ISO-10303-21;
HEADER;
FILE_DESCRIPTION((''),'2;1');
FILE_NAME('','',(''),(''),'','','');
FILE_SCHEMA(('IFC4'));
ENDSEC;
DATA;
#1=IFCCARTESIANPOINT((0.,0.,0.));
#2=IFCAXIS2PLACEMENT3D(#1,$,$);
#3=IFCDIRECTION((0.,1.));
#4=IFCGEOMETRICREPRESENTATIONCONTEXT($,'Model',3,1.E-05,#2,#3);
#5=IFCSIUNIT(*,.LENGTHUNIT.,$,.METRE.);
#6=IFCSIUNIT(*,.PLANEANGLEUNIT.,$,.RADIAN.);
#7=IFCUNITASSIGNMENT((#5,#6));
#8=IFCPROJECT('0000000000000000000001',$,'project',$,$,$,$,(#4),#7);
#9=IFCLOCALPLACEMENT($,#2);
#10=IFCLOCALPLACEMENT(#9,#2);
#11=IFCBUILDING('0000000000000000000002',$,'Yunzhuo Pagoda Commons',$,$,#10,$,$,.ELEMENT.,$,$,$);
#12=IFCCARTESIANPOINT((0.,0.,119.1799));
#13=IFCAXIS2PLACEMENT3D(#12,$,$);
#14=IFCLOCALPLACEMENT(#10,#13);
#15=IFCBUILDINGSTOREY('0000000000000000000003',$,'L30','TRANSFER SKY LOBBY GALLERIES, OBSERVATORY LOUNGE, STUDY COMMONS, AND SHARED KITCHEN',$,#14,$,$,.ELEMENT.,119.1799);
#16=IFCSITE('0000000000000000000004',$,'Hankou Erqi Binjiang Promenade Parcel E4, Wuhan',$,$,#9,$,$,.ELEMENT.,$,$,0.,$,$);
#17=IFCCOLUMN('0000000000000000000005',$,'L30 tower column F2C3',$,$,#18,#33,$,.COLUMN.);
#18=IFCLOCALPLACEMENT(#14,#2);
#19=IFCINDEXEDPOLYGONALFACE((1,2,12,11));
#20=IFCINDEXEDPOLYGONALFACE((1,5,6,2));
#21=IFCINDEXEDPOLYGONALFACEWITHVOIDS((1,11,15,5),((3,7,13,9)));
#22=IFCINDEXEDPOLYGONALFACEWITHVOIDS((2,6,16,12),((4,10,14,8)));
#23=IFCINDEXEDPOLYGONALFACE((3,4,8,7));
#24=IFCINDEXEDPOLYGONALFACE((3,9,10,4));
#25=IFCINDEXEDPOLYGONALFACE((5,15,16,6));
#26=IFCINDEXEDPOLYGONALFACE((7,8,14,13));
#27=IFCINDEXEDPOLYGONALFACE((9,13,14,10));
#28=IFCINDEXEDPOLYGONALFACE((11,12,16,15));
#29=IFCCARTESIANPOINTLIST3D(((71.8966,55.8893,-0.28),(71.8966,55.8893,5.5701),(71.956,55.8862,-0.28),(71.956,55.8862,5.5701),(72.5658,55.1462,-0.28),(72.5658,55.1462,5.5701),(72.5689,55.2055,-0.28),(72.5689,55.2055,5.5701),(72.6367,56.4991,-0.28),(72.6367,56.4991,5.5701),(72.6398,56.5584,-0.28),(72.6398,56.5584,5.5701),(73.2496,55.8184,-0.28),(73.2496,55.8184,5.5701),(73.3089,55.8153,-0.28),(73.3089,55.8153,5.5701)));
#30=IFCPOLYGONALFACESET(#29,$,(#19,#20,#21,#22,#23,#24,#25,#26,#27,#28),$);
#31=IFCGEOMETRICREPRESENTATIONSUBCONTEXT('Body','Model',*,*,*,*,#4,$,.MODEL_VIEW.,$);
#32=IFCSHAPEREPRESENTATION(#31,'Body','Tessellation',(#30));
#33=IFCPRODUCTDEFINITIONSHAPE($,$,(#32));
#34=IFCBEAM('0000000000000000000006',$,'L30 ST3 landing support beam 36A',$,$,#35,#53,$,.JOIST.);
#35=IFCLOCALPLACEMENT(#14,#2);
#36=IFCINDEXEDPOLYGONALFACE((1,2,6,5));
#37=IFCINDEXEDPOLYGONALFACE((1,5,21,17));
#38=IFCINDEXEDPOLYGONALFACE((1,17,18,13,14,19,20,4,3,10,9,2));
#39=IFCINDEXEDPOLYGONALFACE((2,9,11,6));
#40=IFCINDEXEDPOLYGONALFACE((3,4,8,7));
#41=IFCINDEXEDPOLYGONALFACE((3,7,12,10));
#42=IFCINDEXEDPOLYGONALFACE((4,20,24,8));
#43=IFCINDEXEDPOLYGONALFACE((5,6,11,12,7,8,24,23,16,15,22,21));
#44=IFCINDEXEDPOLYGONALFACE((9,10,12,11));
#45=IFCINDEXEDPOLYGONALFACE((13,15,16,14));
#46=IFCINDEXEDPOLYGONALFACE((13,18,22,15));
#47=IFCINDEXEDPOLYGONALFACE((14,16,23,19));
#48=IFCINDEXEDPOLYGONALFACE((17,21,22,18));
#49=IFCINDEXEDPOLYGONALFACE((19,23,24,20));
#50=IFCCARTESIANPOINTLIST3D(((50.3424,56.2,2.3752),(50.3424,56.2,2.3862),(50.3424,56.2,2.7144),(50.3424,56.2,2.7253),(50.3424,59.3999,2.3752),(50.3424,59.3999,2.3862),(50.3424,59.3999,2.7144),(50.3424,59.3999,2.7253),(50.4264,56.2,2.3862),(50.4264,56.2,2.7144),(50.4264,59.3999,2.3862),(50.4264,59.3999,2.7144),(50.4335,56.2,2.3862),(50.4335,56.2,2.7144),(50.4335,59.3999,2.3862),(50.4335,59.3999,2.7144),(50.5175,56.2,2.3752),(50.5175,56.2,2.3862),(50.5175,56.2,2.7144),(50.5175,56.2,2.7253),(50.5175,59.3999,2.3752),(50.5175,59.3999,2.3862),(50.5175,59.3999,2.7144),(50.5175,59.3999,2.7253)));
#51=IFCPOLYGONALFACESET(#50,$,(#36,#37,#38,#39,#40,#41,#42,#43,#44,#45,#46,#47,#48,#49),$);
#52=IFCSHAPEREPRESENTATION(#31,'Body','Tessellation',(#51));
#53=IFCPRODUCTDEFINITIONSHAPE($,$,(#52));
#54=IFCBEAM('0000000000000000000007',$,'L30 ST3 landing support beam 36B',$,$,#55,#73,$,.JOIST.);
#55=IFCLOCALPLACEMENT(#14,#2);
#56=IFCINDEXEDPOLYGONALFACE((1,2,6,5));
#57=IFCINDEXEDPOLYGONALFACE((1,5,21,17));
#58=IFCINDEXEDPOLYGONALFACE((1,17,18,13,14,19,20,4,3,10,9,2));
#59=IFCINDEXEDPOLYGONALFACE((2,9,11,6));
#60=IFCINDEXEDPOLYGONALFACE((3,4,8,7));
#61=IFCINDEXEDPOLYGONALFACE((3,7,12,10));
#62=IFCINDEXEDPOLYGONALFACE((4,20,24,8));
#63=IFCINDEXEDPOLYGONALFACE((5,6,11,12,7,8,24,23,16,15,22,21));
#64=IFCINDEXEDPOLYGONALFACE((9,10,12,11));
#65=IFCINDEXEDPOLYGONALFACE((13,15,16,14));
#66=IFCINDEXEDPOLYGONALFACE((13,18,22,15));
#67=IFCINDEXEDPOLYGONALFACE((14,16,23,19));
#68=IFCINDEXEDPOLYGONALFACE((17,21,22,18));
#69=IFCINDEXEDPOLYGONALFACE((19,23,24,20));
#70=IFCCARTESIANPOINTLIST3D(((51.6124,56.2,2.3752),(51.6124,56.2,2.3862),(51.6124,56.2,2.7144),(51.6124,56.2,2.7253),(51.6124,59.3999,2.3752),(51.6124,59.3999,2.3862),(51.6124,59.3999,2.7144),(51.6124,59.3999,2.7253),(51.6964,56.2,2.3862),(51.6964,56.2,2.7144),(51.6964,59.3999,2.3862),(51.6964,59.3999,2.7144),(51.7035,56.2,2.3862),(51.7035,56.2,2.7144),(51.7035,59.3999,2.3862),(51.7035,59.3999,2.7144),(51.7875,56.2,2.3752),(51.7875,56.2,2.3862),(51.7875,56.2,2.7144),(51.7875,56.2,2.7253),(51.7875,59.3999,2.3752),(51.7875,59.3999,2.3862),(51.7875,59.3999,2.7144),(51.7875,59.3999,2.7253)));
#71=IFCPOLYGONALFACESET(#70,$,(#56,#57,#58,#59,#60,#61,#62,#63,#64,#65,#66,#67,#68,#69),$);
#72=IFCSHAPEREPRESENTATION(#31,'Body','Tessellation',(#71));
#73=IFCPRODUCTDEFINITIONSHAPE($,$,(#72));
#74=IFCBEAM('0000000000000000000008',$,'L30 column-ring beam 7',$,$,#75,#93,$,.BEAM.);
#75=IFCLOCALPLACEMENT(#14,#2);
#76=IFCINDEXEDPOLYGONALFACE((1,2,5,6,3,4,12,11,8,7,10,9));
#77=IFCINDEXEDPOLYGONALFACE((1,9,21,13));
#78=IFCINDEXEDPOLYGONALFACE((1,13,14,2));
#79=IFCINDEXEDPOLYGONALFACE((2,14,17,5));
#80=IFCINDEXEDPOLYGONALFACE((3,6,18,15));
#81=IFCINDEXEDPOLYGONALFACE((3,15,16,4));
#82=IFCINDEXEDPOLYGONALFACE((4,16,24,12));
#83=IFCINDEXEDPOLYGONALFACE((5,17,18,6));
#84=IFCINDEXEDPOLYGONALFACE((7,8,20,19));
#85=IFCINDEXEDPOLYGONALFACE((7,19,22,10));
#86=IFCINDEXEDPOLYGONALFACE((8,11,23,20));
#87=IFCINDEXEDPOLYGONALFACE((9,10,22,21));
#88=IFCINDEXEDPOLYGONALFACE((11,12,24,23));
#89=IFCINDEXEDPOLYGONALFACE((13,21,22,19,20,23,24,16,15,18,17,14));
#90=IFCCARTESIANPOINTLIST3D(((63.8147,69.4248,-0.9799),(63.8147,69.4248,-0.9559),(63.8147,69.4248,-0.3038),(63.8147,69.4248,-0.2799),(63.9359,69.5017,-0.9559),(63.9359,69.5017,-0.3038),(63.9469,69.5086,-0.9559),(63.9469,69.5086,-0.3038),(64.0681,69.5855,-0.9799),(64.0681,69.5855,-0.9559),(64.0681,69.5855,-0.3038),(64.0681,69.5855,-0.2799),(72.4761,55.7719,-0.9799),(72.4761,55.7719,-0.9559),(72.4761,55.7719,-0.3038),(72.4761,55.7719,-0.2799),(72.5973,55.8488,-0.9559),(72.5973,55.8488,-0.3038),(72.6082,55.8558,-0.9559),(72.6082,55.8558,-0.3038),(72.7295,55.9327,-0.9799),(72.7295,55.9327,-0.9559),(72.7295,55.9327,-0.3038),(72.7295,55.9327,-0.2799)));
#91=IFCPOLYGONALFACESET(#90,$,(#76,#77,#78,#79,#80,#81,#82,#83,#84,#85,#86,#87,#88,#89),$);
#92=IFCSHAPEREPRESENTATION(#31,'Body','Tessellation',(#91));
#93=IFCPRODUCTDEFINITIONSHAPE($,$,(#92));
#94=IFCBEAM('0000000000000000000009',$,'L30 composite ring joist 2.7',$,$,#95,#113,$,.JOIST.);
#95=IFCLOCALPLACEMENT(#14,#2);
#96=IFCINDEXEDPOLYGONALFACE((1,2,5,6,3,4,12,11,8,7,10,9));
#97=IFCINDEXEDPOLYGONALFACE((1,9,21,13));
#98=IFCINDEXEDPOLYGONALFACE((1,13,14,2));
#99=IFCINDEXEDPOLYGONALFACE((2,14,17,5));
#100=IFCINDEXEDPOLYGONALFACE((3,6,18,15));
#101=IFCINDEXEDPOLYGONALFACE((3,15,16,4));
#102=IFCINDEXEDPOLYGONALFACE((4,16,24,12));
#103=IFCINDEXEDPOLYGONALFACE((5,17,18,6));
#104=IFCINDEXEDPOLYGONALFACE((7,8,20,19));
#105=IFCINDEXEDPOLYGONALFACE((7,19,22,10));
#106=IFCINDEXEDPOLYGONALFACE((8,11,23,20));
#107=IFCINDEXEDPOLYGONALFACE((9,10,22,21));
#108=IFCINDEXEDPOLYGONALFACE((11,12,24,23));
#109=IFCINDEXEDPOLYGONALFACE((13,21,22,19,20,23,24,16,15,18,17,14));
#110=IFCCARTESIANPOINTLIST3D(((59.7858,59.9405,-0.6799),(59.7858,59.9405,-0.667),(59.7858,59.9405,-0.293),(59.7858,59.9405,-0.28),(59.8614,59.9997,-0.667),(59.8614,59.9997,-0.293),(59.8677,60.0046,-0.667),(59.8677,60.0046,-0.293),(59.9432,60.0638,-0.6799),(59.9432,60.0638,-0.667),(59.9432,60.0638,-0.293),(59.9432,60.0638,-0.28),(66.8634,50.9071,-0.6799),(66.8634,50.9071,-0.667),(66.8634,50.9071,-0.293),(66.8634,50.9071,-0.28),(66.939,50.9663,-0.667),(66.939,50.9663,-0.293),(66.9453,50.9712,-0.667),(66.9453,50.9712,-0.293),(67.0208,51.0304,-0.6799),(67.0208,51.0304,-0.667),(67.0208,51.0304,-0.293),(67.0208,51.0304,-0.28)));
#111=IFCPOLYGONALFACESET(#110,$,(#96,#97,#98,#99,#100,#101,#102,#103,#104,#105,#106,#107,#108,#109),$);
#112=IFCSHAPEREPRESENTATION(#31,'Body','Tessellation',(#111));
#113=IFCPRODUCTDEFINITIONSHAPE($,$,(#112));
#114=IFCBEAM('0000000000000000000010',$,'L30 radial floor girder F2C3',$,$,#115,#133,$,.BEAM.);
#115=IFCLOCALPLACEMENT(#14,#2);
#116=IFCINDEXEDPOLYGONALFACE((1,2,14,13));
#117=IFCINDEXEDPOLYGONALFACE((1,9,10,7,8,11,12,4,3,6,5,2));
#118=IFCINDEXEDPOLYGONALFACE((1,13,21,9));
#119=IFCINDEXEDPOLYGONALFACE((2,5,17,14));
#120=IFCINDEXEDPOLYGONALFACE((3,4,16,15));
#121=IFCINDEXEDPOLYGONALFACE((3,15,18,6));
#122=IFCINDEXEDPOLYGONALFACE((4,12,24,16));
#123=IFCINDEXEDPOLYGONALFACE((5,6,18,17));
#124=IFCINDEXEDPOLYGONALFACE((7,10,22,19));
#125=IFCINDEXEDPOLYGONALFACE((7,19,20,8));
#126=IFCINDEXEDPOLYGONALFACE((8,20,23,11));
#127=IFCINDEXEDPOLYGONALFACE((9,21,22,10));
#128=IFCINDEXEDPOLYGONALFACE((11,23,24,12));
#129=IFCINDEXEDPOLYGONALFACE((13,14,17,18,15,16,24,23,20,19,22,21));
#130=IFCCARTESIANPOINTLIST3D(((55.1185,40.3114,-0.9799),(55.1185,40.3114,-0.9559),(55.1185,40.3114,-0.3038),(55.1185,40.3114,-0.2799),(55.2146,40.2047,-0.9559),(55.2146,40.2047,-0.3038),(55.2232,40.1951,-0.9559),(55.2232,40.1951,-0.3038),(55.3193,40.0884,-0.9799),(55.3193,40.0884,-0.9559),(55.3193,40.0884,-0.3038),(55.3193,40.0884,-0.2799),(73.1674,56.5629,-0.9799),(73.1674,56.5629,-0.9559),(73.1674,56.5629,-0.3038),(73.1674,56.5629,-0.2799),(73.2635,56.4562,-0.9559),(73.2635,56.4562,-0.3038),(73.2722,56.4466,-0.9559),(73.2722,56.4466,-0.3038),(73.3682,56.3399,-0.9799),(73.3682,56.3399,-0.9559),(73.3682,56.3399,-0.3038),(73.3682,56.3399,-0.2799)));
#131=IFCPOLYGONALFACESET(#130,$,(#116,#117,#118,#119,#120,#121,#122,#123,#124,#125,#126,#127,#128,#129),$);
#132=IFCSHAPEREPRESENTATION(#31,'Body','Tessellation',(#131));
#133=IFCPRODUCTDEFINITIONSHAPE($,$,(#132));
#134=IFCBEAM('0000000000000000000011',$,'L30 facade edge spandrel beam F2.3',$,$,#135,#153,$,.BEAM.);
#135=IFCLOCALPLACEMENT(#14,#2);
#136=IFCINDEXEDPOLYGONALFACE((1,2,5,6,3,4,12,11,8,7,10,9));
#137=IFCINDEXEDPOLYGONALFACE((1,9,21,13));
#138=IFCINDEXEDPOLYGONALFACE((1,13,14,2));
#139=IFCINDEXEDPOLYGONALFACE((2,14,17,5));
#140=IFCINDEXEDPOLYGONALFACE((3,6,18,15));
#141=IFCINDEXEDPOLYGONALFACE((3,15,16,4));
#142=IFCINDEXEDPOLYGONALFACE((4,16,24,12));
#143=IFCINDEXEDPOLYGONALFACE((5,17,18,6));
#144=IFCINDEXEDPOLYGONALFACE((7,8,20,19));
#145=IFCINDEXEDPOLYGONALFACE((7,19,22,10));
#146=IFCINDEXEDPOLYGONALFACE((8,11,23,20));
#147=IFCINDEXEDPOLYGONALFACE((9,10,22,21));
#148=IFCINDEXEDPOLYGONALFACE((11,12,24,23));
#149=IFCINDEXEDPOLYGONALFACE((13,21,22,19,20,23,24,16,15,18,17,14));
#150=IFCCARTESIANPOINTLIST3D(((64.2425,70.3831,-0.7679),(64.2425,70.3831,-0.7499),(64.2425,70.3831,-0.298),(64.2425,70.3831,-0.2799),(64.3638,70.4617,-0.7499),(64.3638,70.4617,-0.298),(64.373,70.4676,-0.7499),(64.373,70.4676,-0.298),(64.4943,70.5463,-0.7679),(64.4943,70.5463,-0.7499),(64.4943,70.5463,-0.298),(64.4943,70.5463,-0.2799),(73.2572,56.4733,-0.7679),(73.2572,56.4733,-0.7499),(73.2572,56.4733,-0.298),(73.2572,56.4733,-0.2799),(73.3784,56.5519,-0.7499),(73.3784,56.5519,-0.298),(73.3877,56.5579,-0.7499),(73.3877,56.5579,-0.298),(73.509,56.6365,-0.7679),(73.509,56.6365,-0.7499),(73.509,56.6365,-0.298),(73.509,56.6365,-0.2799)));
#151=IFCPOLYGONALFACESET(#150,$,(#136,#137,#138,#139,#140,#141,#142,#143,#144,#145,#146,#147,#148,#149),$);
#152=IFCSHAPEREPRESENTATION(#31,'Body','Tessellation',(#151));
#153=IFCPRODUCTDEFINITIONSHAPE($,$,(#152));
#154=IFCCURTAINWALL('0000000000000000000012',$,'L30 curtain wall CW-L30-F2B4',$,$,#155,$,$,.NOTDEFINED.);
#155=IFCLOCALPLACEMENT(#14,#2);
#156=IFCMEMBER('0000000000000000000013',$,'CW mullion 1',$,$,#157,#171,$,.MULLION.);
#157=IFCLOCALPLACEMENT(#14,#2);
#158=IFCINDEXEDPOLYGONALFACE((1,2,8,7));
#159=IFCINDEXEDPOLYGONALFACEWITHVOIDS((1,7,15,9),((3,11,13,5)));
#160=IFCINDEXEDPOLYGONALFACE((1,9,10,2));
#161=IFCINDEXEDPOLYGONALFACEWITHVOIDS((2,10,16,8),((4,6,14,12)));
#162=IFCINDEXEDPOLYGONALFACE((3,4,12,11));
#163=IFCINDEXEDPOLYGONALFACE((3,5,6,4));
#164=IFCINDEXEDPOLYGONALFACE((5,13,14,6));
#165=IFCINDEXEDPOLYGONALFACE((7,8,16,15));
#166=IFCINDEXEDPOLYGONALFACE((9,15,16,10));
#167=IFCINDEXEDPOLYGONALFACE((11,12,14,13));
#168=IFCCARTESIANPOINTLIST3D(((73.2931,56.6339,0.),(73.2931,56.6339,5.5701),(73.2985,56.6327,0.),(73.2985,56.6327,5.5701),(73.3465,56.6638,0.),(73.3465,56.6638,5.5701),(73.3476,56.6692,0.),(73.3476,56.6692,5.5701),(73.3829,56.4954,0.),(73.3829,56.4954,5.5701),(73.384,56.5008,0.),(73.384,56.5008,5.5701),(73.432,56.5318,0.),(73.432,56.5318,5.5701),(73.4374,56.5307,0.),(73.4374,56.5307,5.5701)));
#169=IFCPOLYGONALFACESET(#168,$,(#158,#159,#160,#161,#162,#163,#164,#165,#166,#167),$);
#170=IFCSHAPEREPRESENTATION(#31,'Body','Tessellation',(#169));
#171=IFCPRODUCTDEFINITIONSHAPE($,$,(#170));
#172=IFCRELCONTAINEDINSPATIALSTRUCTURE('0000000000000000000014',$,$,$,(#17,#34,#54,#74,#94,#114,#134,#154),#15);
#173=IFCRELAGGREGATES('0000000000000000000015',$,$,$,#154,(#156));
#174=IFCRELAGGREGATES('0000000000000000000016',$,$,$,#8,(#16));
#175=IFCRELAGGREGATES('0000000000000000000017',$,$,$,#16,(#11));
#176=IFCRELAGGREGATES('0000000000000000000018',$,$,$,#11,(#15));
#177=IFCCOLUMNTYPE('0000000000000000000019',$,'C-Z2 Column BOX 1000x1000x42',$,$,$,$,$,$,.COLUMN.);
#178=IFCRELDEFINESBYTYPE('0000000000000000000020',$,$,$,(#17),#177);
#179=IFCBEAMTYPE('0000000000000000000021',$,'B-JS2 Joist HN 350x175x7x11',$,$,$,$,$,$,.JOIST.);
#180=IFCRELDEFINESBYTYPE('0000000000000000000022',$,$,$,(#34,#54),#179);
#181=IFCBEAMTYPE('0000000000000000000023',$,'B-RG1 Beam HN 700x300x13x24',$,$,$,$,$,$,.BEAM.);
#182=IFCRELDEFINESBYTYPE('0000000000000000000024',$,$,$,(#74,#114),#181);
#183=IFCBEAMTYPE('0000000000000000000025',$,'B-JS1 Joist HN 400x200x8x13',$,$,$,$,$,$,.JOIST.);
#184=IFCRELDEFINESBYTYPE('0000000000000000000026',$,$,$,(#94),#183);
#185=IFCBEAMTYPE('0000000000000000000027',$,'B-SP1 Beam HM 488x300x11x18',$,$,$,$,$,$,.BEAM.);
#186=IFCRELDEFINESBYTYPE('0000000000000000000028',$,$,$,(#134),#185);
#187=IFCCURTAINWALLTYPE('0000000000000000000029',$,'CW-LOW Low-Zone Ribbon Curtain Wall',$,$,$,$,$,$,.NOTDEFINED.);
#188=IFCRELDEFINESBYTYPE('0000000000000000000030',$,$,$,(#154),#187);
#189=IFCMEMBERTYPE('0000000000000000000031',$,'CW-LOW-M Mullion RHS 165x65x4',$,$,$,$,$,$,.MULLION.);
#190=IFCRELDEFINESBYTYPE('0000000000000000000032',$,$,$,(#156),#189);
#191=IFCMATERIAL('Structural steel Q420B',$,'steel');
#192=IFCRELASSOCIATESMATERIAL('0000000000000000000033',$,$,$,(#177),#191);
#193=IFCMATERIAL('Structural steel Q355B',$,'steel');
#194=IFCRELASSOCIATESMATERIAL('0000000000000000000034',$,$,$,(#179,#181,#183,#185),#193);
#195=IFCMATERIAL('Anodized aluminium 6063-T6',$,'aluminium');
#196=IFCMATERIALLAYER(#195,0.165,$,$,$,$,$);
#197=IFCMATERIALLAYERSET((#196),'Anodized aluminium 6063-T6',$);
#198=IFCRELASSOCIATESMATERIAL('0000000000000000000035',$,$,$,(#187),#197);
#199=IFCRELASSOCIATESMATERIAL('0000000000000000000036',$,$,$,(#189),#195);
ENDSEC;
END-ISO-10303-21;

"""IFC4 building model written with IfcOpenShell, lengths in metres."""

from ifc_helpers import new_model, si_unit, direction, frame, origin, origin_2d, place, context, subcontext, project, spatial, hollow_rectangle, i_section, extrude, source, transform, mapped, material, layer, layer_set, material_profile, profile_set, type_object, element, aggregate, save


model = new_model("IFC4")

# Units and contexts
model_context = context("Model", 3, precision=1e-05, world=origin(), true_north=direction((0.0, 1.0)))
body_context = subcontext(model_context, "Body", "Model", "MODEL_VIEW")
ifc_project = project(units=[si_unit("LENGTHUNIT", "METRE"), si_unit("PLANEANGLEUNIT", "RADIAN")], contexts=[model_context])

# Site, building, storey
site_placement = place(None, origin())
site = spatial("IfcSite", under=ifc_project, at=site_placement, Name="Hankou Erqi Binjiang Promenade Parcel E4, Wuhan", CompositionType="ELEMENT", RefElevation=0.0)
building_placement = place(site_placement, origin())
building = spatial("IfcBuilding", under=site, at=building_placement, Name="Yunzhuo Pagoda Commons", CompositionType="ELEMENT")
storey_placement = place(building_placement, frame((0.0, 0.0, 119.1799)))
storey = spatial("IfcBuildingStorey", under=building, at=storey_placement, Name="L30", Description="TRANSFER SKY LOBBY GALLERIES, OBSERVATORY LOUNGE, STUDY COMMONS, AND SHARED KITCHEN", CompositionType="ELEMENT", Elevation=119.1799)

# Column
ifc_material_1 = material(Name="Structural steel Q420B", Category="steel")
ifc_material_profile_1 = material_profile(ifc_material_1, hollow_rectangle(XDim=1.0, YDim=1.0, WallThickness=0.042, at=origin_2d()), Name="Structural steel Q420B")
ifc_profile_set_1 = profile_set([ifc_material_profile_1], Name="Structural steel Q420B")
column_type = type_object("IfcColumnType", Name="C-Z2 Column BOX 1000x1000x42", PredefinedType="COLUMN", material=ifc_profile_set_1)
shared_shape_1 = source(origin(), body_context, "Body", "SweptSolid", [
    extrude(hollow_rectangle(XDim=1.0, YDim=1.0, WallThickness=0.042, at=origin_2d()), origin(), (0.0, 0.0, 1.0), 5.8501),
])
column_placement = place(storey_placement, frame((72.6028, 55.8523, -0.28), z_axis=(0.0, 0.0, 1.0), x_axis=(-0.669131, 0.743145, 0.0)))
element("IfcColumn", 1, at=column_placement, inside=storey, type_object=column_type, Name="L30 tower column F2C3", PredefinedType="COLUMN", context=body_context, shape_type="MappedRepresentation", body=[
    mapped(shared_shape_1, transform((0.0, 0.0, 0.0), scale=1.0)),
])

# Beams
ifc_material_2 = material(Name="Structural steel Q355B", Category="steel")
ifc_material_profile_2 = material_profile(ifc_material_2, i_section(OverallWidth=0.175, OverallDepth=0.3501, WebThickness=0.0071, FlangeThickness=0.011, at=origin_2d()), Name="Structural steel Q355B")
ifc_profile_set_2 = profile_set([ifc_material_profile_2], Name="Structural steel Q355B")
beam_type_1 = type_object("IfcBeamType", Name="B-JS2 Joist HN 350x175x7x11", PredefinedType="JOIST", material=ifc_profile_set_2)
shared_shape_2 = source(origin(), body_context, "Body", "SweptSolid", [
    extrude(i_section(OverallWidth=0.175, OverallDepth=0.3501, WebThickness=0.0071, FlangeThickness=0.011, at=origin_2d()), origin(), (0.0, 0.0, 1.0), 3.2),
])
for number, where, z_axis, x_axis, name in (
    (2, (50.4299, 56.2, 2.5503), (0.0, 1.0, 0.0), (-1.0, 0.0, 0.0), "L30 ST3 landing support beam 36A"),
    (3, (51.7, 56.2, 2.5503), (0.0, 1.0, 0.0), (-1.0, 0.0, 0.0), "L30 ST3 landing support beam 36B"),
):
    element("IfcBeam", number, at=place(storey_placement, frame(where, z_axis=z_axis, x_axis=x_axis)), inside=storey, type_object=beam_type_1, Name=name, PredefinedType="JOIST", context=body_context, shape_type="MappedRepresentation", body=[
        mapped(shared_shape_2, transform((0.0, 0.0, 0.0), scale=1.0)),
    ])
ifc_material_profile_3 = material_profile(ifc_material_2, i_section(OverallWidth=0.3, OverallDepth=0.7, WebThickness=0.0129, FlangeThickness=0.0239, at=origin_2d()), Name="Structural steel Q355B")
ifc_profile_set_3 = profile_set([ifc_material_profile_3], Name="Structural steel Q355B")
beam_type_2 = type_object("IfcBeamType", Name="B-RG1 Beam HN 700x300x13x24", PredefinedType="BEAM", material=ifc_profile_set_3)
shared_shape_3 = source(origin(), body_context, "Body", "SweptSolid", [
    extrude(i_section(OverallWidth=0.3, OverallDepth=0.7, WebThickness=0.0129, FlangeThickness=0.0239, at=origin_2d()), origin(), (0.0, 0.0, 1.0), 16.1685),
])
beam_1_placement = place(storey_placement, frame((72.6028, 55.8523, -0.6299), z_axis=(-0.535696, 0.844411, 0.0), x_axis=(-0.844411, -0.535696, 0.0)))
element("IfcBeam", 4, at=beam_1_placement, inside=storey, type_object=beam_type_2, Name="L30 column-ring beam 7", PredefinedType="BEAM", context=body_context, shape_type="MappedRepresentation", body=[
    mapped(shared_shape_3, transform((0.0, 0.0, 0.0), scale=1.0)),
])
ifc_material_profile_4 = material_profile(ifc_material_2, i_section(OverallWidth=0.2, OverallDepth=0.3999, WebThickness=0.0081, FlangeThickness=0.0129, at=origin_2d()), Name="Structural steel Q355B")
ifc_profile_set_4 = profile_set([ifc_material_profile_4], Name="Structural steel Q355B")
beam_type_3 = type_object("IfcBeamType", Name="B-JS1 Joist HN 400x200x8x13", PredefinedType="JOIST", material=ifc_profile_set_4)
shared_shape_4 = source(origin(), body_context, "Body", "SweptSolid", [
    extrude(i_section(OverallWidth=0.2, OverallDepth=0.3999, WebThickness=0.0081, FlangeThickness=0.0129, at=origin_2d()), origin(), (0.0, 0.0, 1.0), 11.4758),
])
beam_2_placement = place(storey_placement, frame((66.9421, 50.9688, -0.48), z_axis=(-0.61674, 0.787167, 0.0), x_axis=(-0.787167, -0.61674, 0.0)))
element("IfcBeam", 5, at=beam_2_placement, inside=storey, type_object=beam_type_3, Name="L30 composite ring joist 2.7", PredefinedType="JOIST", context=body_context, shape_type="MappedRepresentation", body=[
    mapped(shared_shape_4, transform((0.0, 0.0, 0.0), scale=1.0)),
])
shared_shape_5 = source(origin(), body_context, "Body", "SweptSolid", [
    extrude(i_section(OverallWidth=0.3, OverallDepth=0.7, WebThickness=0.0129, FlangeThickness=0.0239, at=origin_2d()), origin(), (0.0, 0.0, 1.0), 24.2874),
])
beam_3_placement = place(storey_placement, frame((73.2678, 56.4514, -0.6299), z_axis=(-0.74314, -0.669136, 0.0), x_axis=(0.669136, -0.74314, 0.0)))
element("IfcBeam", 6, at=beam_3_placement, inside=storey, type_object=beam_type_2, Name="L30 radial floor girder F2C3", PredefinedType="BEAM", context=body_context, shape_type="MappedRepresentation", body=[
    mapped(shared_shape_5, transform((0.0, 0.0, 0.0), scale=1.0)),
])
ifc_material_profile_5 = material_profile(ifc_material_2, i_section(OverallWidth=0.3, OverallDepth=0.488, WebThickness=0.011, FlangeThickness=0.0181, at=origin_2d()), Name="Structural steel Q355B")
ifc_profile_set_5 = profile_set([ifc_material_profile_5], Name="Structural steel Q355B")
beam_type_4 = type_object("IfcBeamType", Name="B-SP1 Beam HM 488x300x11x18", PredefinedType="BEAM", material=ifc_profile_set_5)
shared_shape_6 = source(origin(), body_context, "Body", "SweptSolid", [
    extrude(i_section(OverallWidth=0.3, OverallDepth=0.488, WebThickness=0.011, FlangeThickness=0.0181, at=origin_2d()), origin(), (0.0, 0.0, 1.0), 16.5754),
])
beam_4_placement = place(storey_placement, frame((73.3831, 56.5549, -0.5239), z_axis=(-0.543858, 0.839177, 0.0), x_axis=(-0.839177, -0.543858, 0.0)))
element("IfcBeam", 7, at=beam_4_placement, inside=storey, type_object=beam_type_4, Name="L30 facade edge spandrel beam F2.3", PredefinedType="BEAM", context=body_context, shape_type="MappedRepresentation", body=[
    mapped(shared_shape_6, transform((0.0, 0.0, 0.0), scale=1.0)),
])

# Curtain wall, member
ifc_material_3 = material(Name="Anodized aluminium 6063-T6", Category="aluminium")
ifc_layer_1 = layer(ifc_material_3, 0.165)
ifc_layer_set_1 = layer_set([ifc_layer_1], Name="Anodized aluminium 6063-T6")
curtain_wall_type = type_object("IfcCurtainWallType", Name="CW-LOW Low-Zone Ribbon Curtain Wall", PredefinedType="NOTDEFINED", material=ifc_layer_set_1)
curtain_wall_1_placement = place(storey_placement, origin())
curtain_wall_1 = element("IfcCurtainWall", 8, at=curtain_wall_1_placement, inside=storey, type_object=curtain_wall_type, Name="L30 curtain wall CW-L30-F2B4", PredefinedType="NOTDEFINED")
ifc_material_profile_6 = material_profile(ifc_material_3, hollow_rectangle(XDim=0.0649, YDim=0.165, WallThickness=0.0039, at=origin_2d()), Name="Anodized aluminium 6063-T6")
ifc_profile_set_6 = profile_set([ifc_material_profile_6], Name="Anodized aluminium 6063-T6")
member_type_1 = type_object("IfcMemberType", Name="CW-LOW-M Mullion RHS 165x65x4", PredefinedType="MULLION", material=ifc_profile_set_6)
shared_shape_7 = source(origin(), body_context, "Body", "SweptSolid", [
    extrude(hollow_rectangle(XDim=0.0649, YDim=0.165, WallThickness=0.0039, at=origin_2d()), origin(), (0.0, 0.0, 1.0), 5.5701),
])
member_1_placement = place(storey_placement, frame((73.3652, 56.5823, 0.0), z_axis=(0.0, 0.0, 1.0), x_axis=(-0.839175, -0.543862, 0.0)))
member_1 = element("IfcMember", 9, at=member_1_placement, type_object=member_type_1, Name="CW mullion 1", PredefinedType="MULLION", context=body_context, shape_type="MappedRepresentation", body=[
    mapped(shared_shape_7, transform((0.0, 0.0, 0.0), scale=1.0)),
])

aggregate(curtain_wall_1, [member_1])

save(model, "model.ifc")
